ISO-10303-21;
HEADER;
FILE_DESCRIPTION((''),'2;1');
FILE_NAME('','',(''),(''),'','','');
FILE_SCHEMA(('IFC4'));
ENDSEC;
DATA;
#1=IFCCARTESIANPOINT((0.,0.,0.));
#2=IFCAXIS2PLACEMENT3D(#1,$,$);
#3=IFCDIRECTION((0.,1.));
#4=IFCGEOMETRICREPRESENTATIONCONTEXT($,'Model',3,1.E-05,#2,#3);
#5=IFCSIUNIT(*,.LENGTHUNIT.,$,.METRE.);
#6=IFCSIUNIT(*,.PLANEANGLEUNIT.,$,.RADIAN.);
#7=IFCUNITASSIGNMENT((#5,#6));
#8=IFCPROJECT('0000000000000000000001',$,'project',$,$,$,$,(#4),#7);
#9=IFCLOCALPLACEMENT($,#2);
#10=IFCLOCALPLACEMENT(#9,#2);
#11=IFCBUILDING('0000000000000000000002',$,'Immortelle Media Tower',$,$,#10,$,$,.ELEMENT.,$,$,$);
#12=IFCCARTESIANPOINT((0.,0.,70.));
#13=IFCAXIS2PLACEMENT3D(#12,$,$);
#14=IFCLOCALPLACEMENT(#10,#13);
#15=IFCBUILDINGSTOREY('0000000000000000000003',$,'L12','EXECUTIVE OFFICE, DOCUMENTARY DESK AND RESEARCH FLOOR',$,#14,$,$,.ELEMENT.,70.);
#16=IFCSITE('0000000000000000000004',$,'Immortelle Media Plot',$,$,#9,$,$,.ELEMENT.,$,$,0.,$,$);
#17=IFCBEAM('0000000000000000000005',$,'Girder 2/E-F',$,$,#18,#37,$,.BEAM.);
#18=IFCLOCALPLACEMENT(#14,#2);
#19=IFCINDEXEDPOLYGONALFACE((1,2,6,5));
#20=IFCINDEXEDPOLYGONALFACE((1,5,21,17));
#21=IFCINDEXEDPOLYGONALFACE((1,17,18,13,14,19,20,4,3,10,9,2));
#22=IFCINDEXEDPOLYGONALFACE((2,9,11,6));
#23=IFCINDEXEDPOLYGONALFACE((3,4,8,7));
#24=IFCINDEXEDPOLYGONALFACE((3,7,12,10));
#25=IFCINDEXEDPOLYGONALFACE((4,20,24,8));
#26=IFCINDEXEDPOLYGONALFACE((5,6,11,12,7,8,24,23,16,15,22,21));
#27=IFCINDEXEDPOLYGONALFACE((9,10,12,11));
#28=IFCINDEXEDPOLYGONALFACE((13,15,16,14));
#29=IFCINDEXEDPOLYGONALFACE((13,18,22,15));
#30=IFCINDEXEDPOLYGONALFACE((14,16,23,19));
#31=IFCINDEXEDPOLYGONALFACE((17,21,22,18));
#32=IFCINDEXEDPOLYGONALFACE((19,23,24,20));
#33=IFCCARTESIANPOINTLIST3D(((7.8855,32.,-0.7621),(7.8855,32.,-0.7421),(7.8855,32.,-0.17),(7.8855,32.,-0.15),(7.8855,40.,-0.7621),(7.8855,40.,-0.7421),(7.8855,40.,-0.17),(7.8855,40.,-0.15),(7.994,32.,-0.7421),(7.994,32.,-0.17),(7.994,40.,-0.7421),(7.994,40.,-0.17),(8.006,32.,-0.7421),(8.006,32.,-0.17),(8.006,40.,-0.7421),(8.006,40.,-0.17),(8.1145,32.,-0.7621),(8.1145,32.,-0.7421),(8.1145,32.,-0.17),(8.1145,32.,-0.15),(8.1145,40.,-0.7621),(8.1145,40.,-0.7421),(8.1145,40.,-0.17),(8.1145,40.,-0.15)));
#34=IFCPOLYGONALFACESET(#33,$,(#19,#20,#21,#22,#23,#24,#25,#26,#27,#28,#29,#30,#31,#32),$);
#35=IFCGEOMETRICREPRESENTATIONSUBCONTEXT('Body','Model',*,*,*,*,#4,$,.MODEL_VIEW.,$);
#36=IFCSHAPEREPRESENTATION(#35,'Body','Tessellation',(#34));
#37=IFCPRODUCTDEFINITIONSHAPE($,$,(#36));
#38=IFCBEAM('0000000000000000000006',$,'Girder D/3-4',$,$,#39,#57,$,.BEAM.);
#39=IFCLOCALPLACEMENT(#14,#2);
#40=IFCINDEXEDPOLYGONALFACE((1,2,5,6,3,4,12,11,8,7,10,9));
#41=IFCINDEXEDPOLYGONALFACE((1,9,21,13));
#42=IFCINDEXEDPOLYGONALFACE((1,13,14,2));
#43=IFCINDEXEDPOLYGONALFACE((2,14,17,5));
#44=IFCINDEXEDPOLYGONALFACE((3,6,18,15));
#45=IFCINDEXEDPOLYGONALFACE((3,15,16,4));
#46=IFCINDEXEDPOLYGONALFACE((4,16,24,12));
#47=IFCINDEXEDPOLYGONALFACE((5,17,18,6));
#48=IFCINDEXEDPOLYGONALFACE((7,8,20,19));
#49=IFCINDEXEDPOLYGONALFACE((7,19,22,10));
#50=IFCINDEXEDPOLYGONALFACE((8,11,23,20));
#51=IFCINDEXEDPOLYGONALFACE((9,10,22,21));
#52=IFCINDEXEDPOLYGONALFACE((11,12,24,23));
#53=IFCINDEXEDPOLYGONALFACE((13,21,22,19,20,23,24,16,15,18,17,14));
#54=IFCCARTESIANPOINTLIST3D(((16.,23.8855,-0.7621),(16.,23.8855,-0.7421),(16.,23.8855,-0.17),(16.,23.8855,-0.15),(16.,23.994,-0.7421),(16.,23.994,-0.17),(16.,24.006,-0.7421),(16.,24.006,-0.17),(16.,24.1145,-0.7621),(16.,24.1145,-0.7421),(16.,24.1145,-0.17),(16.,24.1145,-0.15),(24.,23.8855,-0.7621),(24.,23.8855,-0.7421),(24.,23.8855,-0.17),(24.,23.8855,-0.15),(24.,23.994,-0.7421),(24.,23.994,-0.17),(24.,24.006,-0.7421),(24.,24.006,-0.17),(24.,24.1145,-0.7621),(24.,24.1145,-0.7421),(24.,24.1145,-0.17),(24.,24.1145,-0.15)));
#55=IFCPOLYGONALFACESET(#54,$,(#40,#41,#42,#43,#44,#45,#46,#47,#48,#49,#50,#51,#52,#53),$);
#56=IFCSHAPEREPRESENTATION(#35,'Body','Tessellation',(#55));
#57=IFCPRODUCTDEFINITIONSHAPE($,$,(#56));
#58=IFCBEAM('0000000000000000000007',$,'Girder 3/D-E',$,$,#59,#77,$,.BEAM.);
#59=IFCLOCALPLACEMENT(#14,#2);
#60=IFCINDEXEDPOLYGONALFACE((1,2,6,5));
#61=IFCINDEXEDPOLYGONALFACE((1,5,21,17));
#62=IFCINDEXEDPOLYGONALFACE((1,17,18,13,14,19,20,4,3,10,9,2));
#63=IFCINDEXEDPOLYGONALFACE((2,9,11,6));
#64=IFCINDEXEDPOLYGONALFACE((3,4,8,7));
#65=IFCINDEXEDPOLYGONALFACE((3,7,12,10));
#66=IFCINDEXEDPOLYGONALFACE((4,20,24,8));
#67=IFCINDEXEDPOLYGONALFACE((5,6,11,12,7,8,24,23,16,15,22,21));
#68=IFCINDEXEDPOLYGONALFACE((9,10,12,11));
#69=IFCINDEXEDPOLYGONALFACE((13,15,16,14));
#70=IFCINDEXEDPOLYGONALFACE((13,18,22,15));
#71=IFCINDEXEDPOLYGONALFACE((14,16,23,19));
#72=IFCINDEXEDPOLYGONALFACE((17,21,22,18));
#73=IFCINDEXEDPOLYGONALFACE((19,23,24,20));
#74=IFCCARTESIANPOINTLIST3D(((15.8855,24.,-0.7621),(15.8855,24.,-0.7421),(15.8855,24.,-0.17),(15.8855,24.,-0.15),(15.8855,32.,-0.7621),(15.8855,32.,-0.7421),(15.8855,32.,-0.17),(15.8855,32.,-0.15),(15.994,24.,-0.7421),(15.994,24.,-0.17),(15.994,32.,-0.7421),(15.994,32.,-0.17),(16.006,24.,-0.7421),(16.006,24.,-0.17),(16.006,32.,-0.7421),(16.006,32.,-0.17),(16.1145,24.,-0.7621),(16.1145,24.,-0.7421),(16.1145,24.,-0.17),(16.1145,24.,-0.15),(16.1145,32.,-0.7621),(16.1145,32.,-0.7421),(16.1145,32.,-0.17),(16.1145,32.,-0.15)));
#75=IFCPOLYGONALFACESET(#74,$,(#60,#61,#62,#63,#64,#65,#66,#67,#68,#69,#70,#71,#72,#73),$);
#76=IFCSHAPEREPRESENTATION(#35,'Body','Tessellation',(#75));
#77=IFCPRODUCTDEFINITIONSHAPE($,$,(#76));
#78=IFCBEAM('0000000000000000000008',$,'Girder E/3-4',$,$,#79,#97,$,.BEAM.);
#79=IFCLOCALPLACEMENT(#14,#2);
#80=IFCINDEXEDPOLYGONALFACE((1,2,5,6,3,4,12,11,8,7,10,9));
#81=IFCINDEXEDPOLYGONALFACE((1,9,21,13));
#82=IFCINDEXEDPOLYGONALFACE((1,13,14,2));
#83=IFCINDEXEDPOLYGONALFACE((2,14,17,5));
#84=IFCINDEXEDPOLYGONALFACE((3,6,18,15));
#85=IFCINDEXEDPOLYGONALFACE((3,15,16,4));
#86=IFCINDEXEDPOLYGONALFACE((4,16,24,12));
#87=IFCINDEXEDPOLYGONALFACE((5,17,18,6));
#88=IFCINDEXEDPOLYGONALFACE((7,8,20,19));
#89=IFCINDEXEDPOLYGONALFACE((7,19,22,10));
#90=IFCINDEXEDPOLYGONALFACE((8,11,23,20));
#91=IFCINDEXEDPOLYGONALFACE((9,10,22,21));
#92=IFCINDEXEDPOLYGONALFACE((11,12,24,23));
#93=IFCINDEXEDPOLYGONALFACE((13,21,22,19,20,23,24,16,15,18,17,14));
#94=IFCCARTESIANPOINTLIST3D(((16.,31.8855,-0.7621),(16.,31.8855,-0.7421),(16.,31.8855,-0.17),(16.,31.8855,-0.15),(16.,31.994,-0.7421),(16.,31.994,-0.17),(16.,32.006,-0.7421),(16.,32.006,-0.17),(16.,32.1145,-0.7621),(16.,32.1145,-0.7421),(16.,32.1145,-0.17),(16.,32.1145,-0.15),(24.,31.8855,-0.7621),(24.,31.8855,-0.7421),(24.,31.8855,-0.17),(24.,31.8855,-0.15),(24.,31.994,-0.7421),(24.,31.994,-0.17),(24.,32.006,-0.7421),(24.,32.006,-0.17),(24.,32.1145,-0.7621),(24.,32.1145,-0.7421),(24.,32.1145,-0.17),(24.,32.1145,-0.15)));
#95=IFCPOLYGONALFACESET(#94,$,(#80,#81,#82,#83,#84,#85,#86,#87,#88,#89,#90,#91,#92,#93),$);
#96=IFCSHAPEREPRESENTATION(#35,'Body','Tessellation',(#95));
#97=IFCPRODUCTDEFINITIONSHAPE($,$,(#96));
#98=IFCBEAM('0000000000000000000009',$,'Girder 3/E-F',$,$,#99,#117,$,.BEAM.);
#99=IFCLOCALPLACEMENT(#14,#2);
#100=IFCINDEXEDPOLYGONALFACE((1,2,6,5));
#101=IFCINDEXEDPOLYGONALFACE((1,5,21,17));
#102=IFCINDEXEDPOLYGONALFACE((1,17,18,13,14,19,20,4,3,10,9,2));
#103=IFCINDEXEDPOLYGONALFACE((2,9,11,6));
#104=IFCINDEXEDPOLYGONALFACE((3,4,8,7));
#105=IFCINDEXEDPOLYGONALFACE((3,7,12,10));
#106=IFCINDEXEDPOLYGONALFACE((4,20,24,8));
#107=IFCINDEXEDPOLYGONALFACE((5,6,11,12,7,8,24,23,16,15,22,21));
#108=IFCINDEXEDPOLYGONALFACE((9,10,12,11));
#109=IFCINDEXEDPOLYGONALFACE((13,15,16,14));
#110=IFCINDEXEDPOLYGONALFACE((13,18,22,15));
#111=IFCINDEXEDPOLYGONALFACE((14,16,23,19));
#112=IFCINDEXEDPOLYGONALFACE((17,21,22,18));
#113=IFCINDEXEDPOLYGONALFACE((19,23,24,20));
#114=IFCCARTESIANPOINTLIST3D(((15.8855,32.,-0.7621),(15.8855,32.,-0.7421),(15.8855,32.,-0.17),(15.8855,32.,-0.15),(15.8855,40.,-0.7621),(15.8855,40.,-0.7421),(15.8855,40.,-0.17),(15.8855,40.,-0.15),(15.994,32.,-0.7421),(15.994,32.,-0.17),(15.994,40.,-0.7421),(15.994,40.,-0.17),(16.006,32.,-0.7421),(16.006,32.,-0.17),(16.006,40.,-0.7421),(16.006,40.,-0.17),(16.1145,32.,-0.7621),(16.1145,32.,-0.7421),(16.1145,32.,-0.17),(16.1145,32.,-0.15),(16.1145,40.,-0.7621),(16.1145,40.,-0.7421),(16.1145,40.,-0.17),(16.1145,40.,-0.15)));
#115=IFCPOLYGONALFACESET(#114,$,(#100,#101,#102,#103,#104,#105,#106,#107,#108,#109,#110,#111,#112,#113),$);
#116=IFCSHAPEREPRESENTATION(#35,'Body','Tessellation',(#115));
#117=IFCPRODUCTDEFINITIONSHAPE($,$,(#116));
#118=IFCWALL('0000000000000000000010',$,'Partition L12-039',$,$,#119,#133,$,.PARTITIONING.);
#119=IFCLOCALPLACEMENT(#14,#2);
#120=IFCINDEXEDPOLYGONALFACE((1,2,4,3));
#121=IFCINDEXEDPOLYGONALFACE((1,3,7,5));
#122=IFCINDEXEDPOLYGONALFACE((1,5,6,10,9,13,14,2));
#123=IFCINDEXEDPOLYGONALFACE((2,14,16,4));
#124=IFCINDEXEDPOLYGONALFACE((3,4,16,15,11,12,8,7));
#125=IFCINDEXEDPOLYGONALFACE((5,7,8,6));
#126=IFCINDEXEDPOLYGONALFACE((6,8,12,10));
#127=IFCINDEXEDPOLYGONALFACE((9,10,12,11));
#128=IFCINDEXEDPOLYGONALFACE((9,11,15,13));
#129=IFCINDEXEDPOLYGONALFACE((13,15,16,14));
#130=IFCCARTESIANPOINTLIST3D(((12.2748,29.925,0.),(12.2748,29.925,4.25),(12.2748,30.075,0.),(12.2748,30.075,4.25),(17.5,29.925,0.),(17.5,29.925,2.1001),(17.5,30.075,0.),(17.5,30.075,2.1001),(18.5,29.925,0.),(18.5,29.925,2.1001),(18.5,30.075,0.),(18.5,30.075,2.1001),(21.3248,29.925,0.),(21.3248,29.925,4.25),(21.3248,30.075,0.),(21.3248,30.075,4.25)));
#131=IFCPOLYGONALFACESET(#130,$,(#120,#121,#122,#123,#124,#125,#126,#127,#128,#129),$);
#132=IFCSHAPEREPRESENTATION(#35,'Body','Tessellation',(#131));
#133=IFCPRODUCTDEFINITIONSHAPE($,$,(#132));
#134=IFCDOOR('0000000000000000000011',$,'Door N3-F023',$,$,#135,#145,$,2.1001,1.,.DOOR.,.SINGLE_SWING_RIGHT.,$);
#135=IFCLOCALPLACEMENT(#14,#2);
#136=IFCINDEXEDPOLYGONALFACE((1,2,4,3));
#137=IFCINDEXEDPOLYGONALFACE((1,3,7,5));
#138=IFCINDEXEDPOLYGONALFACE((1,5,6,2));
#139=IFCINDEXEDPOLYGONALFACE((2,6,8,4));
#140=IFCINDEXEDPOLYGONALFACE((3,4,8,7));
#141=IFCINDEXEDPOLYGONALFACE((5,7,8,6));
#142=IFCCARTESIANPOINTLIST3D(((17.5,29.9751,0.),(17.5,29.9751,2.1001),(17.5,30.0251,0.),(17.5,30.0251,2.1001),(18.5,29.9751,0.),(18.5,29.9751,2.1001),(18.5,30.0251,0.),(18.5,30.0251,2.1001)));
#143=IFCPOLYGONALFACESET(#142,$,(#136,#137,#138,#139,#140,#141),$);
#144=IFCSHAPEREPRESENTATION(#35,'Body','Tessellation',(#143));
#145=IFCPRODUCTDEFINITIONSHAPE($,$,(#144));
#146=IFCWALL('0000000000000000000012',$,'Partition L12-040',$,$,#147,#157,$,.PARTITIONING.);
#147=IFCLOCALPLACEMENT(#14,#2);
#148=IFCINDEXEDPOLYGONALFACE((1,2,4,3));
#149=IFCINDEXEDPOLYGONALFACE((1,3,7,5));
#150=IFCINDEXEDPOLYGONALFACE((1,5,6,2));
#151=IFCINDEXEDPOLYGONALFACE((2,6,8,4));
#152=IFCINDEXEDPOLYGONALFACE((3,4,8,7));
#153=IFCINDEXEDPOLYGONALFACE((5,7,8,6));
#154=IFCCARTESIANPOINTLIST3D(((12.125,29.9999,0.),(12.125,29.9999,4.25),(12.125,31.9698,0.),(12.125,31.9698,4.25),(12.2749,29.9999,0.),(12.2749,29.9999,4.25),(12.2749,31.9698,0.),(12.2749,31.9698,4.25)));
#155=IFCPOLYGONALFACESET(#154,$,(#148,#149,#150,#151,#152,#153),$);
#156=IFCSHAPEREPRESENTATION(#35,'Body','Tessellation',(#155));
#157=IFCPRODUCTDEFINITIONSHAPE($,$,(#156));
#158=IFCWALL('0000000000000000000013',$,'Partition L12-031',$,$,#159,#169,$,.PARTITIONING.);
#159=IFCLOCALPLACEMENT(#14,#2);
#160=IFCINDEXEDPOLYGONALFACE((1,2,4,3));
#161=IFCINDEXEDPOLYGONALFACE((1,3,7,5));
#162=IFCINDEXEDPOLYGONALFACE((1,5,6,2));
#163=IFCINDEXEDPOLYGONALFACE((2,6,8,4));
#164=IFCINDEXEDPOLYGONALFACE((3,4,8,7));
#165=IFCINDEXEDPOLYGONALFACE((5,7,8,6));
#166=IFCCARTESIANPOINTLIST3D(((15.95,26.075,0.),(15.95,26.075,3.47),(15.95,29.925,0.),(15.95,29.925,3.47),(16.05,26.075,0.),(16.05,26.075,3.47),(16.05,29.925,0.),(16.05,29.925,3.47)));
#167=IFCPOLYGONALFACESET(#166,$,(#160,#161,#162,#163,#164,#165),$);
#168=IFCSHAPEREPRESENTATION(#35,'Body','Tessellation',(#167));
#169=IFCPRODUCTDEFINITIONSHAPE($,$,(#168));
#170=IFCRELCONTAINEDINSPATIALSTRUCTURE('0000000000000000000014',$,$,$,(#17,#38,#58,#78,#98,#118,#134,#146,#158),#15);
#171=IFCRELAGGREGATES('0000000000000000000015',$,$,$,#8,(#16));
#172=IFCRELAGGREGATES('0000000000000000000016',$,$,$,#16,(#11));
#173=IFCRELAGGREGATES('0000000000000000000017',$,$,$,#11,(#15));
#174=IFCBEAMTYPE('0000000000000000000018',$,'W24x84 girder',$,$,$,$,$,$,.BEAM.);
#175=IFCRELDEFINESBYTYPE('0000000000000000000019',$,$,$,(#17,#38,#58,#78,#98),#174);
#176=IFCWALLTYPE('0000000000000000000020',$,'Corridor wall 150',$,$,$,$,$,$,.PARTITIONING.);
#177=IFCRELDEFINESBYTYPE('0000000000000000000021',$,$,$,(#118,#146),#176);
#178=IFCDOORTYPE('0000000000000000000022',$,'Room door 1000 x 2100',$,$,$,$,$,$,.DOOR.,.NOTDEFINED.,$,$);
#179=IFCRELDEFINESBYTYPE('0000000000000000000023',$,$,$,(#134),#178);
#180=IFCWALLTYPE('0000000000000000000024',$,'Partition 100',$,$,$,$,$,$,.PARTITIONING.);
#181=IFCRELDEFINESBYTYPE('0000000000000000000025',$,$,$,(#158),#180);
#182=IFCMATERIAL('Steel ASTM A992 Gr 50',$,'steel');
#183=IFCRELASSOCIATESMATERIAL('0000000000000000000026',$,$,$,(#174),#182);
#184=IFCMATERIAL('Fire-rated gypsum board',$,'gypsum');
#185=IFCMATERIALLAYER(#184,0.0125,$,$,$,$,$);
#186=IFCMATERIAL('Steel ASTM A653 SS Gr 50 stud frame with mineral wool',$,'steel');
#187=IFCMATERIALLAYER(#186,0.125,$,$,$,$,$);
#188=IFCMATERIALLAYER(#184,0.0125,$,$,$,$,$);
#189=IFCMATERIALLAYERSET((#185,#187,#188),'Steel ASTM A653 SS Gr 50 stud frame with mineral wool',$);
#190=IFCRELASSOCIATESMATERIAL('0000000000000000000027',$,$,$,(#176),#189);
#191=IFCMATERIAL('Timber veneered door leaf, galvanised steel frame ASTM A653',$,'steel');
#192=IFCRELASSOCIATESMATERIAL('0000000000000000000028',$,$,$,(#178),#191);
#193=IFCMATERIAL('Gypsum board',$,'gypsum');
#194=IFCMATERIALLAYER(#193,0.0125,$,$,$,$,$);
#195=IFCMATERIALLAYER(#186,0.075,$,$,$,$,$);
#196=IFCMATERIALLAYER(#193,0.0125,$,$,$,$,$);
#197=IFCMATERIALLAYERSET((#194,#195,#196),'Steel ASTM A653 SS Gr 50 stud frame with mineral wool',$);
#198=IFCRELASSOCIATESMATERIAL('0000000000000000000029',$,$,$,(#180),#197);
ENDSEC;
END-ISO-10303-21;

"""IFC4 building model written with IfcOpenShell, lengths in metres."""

from ifc_helpers import new_model, si_unit, direction, frame, frame_2d, origin, origin_2d, place, context, subcontext, project, spatial, rectangle, i_section, extrude, material, layer, layer_set, material_profile, profile_set, type_object, element, fill, save


model = new_model("IFC4")

# Units and contexts
model_context = context("Model", 3, precision=1e-05, world=origin(), true_north=direction((0.0, 1.0)))
body_context = subcontext(model_context, "Body", "Model", "MODEL_VIEW")
ifc_project = project(units=[si_unit("LENGTHUNIT", "METRE"), si_unit("PLANEANGLEUNIT", "RADIAN")], contexts=[model_context])

# Site, building, storey
site_placement = place(None, origin())
site = spatial("IfcSite", under=ifc_project, at=site_placement, Name="Immortelle Media Plot", CompositionType="ELEMENT", RefElevation=0.0)
building_placement = place(site_placement, origin())
building = spatial("IfcBuilding", under=site, at=building_placement, Name="Immortelle Media Tower", CompositionType="ELEMENT")
storey_placement = place(building_placement, frame((0.0, 0.0, 70.0)))
storey = spatial("IfcBuildingStorey", under=building, at=storey_placement, Name="L12", Description="EXECUTIVE OFFICE, DOCUMENTARY DESK AND RESEARCH FLOOR", CompositionType="ELEMENT", Elevation=70.0)

# Shared definitions
ifc_material_1 = material(Name="Steel ASTM A992 Gr 50", Category="steel")

# Beams
ifc_material_profile_1 = material_profile(ifc_material_1, i_section(OverallWidth=0.229, OverallDepth=0.6121, WebThickness=0.012, FlangeThickness=0.02, at=origin_2d()), Name="W24x84")
ifc_profile_set_1 = profile_set([ifc_material_profile_1], Name="Steel ASTM A992 Gr 50")
beam_type_1 = type_object("IfcBeamType", Name="W24x84 girder", PredefinedType="BEAM", material=ifc_profile_set_1)
for number, where, z_axis, x_axis, name in (
    (1, (8.0, 32.0, -0.4561), (0.0, 1.0, 0.0), (-1.0, 0.0, 0.0), "Girder 2/E-F"),
    (2, (16.0, 24.0, -0.4561), (1.0, 0.0, 0.0), (0.0, 1.0, 0.0), "Girder D/3-4"),
    (3, (16.0, 24.0, -0.4561), (0.0, 1.0, 0.0), (-1.0, 0.0, 0.0), "Girder 3/D-E"),
    (4, (16.0, 32.0, -0.4561), (1.0, 0.0, 0.0), (0.0, 1.0, 0.0), "Girder E/3-4"),
    (5, (16.0, 32.0, -0.4561), (0.0, 1.0, 0.0), (-1.0, 0.0, 0.0), "Girder 3/E-F"),
):
    element("IfcBeam", number, at=place(storey_placement, frame(where, z_axis=z_axis, x_axis=x_axis)), inside=storey, type_object=beam_type_1, Name=name, PredefinedType="BEAM", context=body_context, shape_type="SweptSolid", body=[
        extrude(i_section(OverallWidth=0.229, OverallDepth=0.6121, WebThickness=0.012, FlangeThickness=0.02, at=origin_2d()), origin(), (0.0, 0.0, 1.0), 8.0),
    ])

# Wall, opening, door
ifc_material_2 = material(Name="Fire-rated gypsum board", Category="gypsum")
ifc_layer_1 = layer(ifc_material_2, 0.0125)
ifc_material_3 = material(Name="Steel ASTM A653 SS Gr 50 stud frame with mineral wool", Category="steel")
ifc_layer_2 = layer(ifc_material_3, 0.125)
ifc_layer_3 = layer(ifc_material_2, 0.0125)
ifc_layer_set_1 = layer_set([ifc_layer_1, ifc_layer_2, ifc_layer_3], Name="Steel ASTM A653 SS Gr 50 stud frame with mineral wool")
wall_type_1 = type_object("IfcWallType", Name="Corridor wall 150", PredefinedType="PARTITIONING", material=ifc_layer_set_1)
wall_1_placement = place(storey_placement, frame((12.2749, 30.0, 0.0), z_axis=(0.0, 0.0, 1.0), x_axis=(1.0, 0.0, 0.0)))
wall_1 = element("IfcWall", 6, at=wall_1_placement, inside=storey, type_object=wall_type_1, Name="Partition L12-039", PredefinedType="PARTITIONING", context=body_context, shape_type="SweptSolid", body=[
    extrude(rectangle(XDim=9.05, YDim=0.1499, at=frame_2d((4.5249, 0.0))), origin(), (0.0, 0.0, 1.0), 4.25),
])
opening_placement = place(wall_1_placement, frame((6.2251, 0.0, 0.0), z_axis=(0.0, 0.0, 1.0), x_axis=(-1.0, 0.0, 0.0)))
opening = element("IfcOpeningElement", 7, at=opening_placement, cuts=wall_1, PredefinedType="OPENING", context=body_context, shape_type="SweptSolid", body=[
    extrude(rectangle(XDim=1.0, YDim=2.1001, at=frame_2d((0.5, 1.05))), frame((0.0, 0.085, 0.0), z_axis=(0.0, -1.0, 0.0), x_axis=(1.0, 0.0, 0.0)), (0.0, 0.0, 1.0), 0.1699),
])
ifc_material_4 = material(Name="Timber veneered door leaf, galvanised steel frame ASTM A653", Category="steel")
door_type = type_object("IfcDoorType", Name="Room door 1000 x 2100", OperationType="NOTDEFINED", PredefinedType="DOOR", material=ifc_material_4)
door_placement = place(opening_placement, origin())
door = element("IfcDoor", 8, at=door_placement, inside=storey, type_object=door_type, Name="Door N3-F023", OperationType="SINGLE_SWING_RIGHT", OverallHeight=2.1001, OverallWidth=1.0, PredefinedType="DOOR", context=body_context, shape_type="SweptSolid", body=[
    extrude(rectangle(XDim=1.0, YDim=2.1001, at=frame_2d((0.5, 1.05))), frame((0.0, 0.0249, 0.0), z_axis=(0.0, -1.0, 0.0), x_axis=(1.0, 0.0, 0.0)), (0.0, 0.0, 1.0), 0.05),
])
fill(opening, door)

# Walls
wall_2_placement = place(storey_placement, frame((12.2, 30.0, 0.0), z_axis=(0.0, 0.0, 1.0), x_axis=(0.0, 1.0, 0.0)))
element("IfcWall", 9, at=wall_2_placement, inside=storey, type_object=wall_type_1, Name="Partition L12-040", PredefinedType="PARTITIONING", context=body_context, shape_type="SweptSolid", body=[
    extrude(rectangle(XDim=1.97, YDim=0.1499, at=frame_2d((0.9849, 0.0))), origin(), (0.0, 0.0, 1.0), 4.25),
])
ifc_material_5 = material(Name="Gypsum board", Category="gypsum")
ifc_layer_4 = layer(ifc_material_5, 0.0125)
ifc_layer_5 = layer(ifc_material_3, 0.075)
ifc_layer_6 = layer(ifc_material_5, 0.0125)
ifc_layer_set_2 = layer_set([ifc_layer_4, ifc_layer_5, ifc_layer_6], Name="Steel ASTM A653 SS Gr 50 stud frame with mineral wool")
wall_type_2 = type_object("IfcWallType", Name="Partition 100", PredefinedType="PARTITIONING", material=ifc_layer_set_2)
wall_3_placement = place(storey_placement, frame((16.0, 26.075, 0.0), z_axis=(0.0, 0.0, 1.0), x_axis=(0.0, 1.0, 0.0)))
element("IfcWall", 10, at=wall_3_placement, inside=storey, type_object=wall_type_2, Name="Partition L12-031", PredefinedType="PARTITIONING", context=body_context, shape_type="SweptSolid", body=[
    extrude(rectangle(XDim=3.8501, YDim=0.1001, at=frame_2d((1.925, 0.0))), origin(), (0.0, 0.0, 1.0), 3.47),
])

save(model, "model.ifc")
